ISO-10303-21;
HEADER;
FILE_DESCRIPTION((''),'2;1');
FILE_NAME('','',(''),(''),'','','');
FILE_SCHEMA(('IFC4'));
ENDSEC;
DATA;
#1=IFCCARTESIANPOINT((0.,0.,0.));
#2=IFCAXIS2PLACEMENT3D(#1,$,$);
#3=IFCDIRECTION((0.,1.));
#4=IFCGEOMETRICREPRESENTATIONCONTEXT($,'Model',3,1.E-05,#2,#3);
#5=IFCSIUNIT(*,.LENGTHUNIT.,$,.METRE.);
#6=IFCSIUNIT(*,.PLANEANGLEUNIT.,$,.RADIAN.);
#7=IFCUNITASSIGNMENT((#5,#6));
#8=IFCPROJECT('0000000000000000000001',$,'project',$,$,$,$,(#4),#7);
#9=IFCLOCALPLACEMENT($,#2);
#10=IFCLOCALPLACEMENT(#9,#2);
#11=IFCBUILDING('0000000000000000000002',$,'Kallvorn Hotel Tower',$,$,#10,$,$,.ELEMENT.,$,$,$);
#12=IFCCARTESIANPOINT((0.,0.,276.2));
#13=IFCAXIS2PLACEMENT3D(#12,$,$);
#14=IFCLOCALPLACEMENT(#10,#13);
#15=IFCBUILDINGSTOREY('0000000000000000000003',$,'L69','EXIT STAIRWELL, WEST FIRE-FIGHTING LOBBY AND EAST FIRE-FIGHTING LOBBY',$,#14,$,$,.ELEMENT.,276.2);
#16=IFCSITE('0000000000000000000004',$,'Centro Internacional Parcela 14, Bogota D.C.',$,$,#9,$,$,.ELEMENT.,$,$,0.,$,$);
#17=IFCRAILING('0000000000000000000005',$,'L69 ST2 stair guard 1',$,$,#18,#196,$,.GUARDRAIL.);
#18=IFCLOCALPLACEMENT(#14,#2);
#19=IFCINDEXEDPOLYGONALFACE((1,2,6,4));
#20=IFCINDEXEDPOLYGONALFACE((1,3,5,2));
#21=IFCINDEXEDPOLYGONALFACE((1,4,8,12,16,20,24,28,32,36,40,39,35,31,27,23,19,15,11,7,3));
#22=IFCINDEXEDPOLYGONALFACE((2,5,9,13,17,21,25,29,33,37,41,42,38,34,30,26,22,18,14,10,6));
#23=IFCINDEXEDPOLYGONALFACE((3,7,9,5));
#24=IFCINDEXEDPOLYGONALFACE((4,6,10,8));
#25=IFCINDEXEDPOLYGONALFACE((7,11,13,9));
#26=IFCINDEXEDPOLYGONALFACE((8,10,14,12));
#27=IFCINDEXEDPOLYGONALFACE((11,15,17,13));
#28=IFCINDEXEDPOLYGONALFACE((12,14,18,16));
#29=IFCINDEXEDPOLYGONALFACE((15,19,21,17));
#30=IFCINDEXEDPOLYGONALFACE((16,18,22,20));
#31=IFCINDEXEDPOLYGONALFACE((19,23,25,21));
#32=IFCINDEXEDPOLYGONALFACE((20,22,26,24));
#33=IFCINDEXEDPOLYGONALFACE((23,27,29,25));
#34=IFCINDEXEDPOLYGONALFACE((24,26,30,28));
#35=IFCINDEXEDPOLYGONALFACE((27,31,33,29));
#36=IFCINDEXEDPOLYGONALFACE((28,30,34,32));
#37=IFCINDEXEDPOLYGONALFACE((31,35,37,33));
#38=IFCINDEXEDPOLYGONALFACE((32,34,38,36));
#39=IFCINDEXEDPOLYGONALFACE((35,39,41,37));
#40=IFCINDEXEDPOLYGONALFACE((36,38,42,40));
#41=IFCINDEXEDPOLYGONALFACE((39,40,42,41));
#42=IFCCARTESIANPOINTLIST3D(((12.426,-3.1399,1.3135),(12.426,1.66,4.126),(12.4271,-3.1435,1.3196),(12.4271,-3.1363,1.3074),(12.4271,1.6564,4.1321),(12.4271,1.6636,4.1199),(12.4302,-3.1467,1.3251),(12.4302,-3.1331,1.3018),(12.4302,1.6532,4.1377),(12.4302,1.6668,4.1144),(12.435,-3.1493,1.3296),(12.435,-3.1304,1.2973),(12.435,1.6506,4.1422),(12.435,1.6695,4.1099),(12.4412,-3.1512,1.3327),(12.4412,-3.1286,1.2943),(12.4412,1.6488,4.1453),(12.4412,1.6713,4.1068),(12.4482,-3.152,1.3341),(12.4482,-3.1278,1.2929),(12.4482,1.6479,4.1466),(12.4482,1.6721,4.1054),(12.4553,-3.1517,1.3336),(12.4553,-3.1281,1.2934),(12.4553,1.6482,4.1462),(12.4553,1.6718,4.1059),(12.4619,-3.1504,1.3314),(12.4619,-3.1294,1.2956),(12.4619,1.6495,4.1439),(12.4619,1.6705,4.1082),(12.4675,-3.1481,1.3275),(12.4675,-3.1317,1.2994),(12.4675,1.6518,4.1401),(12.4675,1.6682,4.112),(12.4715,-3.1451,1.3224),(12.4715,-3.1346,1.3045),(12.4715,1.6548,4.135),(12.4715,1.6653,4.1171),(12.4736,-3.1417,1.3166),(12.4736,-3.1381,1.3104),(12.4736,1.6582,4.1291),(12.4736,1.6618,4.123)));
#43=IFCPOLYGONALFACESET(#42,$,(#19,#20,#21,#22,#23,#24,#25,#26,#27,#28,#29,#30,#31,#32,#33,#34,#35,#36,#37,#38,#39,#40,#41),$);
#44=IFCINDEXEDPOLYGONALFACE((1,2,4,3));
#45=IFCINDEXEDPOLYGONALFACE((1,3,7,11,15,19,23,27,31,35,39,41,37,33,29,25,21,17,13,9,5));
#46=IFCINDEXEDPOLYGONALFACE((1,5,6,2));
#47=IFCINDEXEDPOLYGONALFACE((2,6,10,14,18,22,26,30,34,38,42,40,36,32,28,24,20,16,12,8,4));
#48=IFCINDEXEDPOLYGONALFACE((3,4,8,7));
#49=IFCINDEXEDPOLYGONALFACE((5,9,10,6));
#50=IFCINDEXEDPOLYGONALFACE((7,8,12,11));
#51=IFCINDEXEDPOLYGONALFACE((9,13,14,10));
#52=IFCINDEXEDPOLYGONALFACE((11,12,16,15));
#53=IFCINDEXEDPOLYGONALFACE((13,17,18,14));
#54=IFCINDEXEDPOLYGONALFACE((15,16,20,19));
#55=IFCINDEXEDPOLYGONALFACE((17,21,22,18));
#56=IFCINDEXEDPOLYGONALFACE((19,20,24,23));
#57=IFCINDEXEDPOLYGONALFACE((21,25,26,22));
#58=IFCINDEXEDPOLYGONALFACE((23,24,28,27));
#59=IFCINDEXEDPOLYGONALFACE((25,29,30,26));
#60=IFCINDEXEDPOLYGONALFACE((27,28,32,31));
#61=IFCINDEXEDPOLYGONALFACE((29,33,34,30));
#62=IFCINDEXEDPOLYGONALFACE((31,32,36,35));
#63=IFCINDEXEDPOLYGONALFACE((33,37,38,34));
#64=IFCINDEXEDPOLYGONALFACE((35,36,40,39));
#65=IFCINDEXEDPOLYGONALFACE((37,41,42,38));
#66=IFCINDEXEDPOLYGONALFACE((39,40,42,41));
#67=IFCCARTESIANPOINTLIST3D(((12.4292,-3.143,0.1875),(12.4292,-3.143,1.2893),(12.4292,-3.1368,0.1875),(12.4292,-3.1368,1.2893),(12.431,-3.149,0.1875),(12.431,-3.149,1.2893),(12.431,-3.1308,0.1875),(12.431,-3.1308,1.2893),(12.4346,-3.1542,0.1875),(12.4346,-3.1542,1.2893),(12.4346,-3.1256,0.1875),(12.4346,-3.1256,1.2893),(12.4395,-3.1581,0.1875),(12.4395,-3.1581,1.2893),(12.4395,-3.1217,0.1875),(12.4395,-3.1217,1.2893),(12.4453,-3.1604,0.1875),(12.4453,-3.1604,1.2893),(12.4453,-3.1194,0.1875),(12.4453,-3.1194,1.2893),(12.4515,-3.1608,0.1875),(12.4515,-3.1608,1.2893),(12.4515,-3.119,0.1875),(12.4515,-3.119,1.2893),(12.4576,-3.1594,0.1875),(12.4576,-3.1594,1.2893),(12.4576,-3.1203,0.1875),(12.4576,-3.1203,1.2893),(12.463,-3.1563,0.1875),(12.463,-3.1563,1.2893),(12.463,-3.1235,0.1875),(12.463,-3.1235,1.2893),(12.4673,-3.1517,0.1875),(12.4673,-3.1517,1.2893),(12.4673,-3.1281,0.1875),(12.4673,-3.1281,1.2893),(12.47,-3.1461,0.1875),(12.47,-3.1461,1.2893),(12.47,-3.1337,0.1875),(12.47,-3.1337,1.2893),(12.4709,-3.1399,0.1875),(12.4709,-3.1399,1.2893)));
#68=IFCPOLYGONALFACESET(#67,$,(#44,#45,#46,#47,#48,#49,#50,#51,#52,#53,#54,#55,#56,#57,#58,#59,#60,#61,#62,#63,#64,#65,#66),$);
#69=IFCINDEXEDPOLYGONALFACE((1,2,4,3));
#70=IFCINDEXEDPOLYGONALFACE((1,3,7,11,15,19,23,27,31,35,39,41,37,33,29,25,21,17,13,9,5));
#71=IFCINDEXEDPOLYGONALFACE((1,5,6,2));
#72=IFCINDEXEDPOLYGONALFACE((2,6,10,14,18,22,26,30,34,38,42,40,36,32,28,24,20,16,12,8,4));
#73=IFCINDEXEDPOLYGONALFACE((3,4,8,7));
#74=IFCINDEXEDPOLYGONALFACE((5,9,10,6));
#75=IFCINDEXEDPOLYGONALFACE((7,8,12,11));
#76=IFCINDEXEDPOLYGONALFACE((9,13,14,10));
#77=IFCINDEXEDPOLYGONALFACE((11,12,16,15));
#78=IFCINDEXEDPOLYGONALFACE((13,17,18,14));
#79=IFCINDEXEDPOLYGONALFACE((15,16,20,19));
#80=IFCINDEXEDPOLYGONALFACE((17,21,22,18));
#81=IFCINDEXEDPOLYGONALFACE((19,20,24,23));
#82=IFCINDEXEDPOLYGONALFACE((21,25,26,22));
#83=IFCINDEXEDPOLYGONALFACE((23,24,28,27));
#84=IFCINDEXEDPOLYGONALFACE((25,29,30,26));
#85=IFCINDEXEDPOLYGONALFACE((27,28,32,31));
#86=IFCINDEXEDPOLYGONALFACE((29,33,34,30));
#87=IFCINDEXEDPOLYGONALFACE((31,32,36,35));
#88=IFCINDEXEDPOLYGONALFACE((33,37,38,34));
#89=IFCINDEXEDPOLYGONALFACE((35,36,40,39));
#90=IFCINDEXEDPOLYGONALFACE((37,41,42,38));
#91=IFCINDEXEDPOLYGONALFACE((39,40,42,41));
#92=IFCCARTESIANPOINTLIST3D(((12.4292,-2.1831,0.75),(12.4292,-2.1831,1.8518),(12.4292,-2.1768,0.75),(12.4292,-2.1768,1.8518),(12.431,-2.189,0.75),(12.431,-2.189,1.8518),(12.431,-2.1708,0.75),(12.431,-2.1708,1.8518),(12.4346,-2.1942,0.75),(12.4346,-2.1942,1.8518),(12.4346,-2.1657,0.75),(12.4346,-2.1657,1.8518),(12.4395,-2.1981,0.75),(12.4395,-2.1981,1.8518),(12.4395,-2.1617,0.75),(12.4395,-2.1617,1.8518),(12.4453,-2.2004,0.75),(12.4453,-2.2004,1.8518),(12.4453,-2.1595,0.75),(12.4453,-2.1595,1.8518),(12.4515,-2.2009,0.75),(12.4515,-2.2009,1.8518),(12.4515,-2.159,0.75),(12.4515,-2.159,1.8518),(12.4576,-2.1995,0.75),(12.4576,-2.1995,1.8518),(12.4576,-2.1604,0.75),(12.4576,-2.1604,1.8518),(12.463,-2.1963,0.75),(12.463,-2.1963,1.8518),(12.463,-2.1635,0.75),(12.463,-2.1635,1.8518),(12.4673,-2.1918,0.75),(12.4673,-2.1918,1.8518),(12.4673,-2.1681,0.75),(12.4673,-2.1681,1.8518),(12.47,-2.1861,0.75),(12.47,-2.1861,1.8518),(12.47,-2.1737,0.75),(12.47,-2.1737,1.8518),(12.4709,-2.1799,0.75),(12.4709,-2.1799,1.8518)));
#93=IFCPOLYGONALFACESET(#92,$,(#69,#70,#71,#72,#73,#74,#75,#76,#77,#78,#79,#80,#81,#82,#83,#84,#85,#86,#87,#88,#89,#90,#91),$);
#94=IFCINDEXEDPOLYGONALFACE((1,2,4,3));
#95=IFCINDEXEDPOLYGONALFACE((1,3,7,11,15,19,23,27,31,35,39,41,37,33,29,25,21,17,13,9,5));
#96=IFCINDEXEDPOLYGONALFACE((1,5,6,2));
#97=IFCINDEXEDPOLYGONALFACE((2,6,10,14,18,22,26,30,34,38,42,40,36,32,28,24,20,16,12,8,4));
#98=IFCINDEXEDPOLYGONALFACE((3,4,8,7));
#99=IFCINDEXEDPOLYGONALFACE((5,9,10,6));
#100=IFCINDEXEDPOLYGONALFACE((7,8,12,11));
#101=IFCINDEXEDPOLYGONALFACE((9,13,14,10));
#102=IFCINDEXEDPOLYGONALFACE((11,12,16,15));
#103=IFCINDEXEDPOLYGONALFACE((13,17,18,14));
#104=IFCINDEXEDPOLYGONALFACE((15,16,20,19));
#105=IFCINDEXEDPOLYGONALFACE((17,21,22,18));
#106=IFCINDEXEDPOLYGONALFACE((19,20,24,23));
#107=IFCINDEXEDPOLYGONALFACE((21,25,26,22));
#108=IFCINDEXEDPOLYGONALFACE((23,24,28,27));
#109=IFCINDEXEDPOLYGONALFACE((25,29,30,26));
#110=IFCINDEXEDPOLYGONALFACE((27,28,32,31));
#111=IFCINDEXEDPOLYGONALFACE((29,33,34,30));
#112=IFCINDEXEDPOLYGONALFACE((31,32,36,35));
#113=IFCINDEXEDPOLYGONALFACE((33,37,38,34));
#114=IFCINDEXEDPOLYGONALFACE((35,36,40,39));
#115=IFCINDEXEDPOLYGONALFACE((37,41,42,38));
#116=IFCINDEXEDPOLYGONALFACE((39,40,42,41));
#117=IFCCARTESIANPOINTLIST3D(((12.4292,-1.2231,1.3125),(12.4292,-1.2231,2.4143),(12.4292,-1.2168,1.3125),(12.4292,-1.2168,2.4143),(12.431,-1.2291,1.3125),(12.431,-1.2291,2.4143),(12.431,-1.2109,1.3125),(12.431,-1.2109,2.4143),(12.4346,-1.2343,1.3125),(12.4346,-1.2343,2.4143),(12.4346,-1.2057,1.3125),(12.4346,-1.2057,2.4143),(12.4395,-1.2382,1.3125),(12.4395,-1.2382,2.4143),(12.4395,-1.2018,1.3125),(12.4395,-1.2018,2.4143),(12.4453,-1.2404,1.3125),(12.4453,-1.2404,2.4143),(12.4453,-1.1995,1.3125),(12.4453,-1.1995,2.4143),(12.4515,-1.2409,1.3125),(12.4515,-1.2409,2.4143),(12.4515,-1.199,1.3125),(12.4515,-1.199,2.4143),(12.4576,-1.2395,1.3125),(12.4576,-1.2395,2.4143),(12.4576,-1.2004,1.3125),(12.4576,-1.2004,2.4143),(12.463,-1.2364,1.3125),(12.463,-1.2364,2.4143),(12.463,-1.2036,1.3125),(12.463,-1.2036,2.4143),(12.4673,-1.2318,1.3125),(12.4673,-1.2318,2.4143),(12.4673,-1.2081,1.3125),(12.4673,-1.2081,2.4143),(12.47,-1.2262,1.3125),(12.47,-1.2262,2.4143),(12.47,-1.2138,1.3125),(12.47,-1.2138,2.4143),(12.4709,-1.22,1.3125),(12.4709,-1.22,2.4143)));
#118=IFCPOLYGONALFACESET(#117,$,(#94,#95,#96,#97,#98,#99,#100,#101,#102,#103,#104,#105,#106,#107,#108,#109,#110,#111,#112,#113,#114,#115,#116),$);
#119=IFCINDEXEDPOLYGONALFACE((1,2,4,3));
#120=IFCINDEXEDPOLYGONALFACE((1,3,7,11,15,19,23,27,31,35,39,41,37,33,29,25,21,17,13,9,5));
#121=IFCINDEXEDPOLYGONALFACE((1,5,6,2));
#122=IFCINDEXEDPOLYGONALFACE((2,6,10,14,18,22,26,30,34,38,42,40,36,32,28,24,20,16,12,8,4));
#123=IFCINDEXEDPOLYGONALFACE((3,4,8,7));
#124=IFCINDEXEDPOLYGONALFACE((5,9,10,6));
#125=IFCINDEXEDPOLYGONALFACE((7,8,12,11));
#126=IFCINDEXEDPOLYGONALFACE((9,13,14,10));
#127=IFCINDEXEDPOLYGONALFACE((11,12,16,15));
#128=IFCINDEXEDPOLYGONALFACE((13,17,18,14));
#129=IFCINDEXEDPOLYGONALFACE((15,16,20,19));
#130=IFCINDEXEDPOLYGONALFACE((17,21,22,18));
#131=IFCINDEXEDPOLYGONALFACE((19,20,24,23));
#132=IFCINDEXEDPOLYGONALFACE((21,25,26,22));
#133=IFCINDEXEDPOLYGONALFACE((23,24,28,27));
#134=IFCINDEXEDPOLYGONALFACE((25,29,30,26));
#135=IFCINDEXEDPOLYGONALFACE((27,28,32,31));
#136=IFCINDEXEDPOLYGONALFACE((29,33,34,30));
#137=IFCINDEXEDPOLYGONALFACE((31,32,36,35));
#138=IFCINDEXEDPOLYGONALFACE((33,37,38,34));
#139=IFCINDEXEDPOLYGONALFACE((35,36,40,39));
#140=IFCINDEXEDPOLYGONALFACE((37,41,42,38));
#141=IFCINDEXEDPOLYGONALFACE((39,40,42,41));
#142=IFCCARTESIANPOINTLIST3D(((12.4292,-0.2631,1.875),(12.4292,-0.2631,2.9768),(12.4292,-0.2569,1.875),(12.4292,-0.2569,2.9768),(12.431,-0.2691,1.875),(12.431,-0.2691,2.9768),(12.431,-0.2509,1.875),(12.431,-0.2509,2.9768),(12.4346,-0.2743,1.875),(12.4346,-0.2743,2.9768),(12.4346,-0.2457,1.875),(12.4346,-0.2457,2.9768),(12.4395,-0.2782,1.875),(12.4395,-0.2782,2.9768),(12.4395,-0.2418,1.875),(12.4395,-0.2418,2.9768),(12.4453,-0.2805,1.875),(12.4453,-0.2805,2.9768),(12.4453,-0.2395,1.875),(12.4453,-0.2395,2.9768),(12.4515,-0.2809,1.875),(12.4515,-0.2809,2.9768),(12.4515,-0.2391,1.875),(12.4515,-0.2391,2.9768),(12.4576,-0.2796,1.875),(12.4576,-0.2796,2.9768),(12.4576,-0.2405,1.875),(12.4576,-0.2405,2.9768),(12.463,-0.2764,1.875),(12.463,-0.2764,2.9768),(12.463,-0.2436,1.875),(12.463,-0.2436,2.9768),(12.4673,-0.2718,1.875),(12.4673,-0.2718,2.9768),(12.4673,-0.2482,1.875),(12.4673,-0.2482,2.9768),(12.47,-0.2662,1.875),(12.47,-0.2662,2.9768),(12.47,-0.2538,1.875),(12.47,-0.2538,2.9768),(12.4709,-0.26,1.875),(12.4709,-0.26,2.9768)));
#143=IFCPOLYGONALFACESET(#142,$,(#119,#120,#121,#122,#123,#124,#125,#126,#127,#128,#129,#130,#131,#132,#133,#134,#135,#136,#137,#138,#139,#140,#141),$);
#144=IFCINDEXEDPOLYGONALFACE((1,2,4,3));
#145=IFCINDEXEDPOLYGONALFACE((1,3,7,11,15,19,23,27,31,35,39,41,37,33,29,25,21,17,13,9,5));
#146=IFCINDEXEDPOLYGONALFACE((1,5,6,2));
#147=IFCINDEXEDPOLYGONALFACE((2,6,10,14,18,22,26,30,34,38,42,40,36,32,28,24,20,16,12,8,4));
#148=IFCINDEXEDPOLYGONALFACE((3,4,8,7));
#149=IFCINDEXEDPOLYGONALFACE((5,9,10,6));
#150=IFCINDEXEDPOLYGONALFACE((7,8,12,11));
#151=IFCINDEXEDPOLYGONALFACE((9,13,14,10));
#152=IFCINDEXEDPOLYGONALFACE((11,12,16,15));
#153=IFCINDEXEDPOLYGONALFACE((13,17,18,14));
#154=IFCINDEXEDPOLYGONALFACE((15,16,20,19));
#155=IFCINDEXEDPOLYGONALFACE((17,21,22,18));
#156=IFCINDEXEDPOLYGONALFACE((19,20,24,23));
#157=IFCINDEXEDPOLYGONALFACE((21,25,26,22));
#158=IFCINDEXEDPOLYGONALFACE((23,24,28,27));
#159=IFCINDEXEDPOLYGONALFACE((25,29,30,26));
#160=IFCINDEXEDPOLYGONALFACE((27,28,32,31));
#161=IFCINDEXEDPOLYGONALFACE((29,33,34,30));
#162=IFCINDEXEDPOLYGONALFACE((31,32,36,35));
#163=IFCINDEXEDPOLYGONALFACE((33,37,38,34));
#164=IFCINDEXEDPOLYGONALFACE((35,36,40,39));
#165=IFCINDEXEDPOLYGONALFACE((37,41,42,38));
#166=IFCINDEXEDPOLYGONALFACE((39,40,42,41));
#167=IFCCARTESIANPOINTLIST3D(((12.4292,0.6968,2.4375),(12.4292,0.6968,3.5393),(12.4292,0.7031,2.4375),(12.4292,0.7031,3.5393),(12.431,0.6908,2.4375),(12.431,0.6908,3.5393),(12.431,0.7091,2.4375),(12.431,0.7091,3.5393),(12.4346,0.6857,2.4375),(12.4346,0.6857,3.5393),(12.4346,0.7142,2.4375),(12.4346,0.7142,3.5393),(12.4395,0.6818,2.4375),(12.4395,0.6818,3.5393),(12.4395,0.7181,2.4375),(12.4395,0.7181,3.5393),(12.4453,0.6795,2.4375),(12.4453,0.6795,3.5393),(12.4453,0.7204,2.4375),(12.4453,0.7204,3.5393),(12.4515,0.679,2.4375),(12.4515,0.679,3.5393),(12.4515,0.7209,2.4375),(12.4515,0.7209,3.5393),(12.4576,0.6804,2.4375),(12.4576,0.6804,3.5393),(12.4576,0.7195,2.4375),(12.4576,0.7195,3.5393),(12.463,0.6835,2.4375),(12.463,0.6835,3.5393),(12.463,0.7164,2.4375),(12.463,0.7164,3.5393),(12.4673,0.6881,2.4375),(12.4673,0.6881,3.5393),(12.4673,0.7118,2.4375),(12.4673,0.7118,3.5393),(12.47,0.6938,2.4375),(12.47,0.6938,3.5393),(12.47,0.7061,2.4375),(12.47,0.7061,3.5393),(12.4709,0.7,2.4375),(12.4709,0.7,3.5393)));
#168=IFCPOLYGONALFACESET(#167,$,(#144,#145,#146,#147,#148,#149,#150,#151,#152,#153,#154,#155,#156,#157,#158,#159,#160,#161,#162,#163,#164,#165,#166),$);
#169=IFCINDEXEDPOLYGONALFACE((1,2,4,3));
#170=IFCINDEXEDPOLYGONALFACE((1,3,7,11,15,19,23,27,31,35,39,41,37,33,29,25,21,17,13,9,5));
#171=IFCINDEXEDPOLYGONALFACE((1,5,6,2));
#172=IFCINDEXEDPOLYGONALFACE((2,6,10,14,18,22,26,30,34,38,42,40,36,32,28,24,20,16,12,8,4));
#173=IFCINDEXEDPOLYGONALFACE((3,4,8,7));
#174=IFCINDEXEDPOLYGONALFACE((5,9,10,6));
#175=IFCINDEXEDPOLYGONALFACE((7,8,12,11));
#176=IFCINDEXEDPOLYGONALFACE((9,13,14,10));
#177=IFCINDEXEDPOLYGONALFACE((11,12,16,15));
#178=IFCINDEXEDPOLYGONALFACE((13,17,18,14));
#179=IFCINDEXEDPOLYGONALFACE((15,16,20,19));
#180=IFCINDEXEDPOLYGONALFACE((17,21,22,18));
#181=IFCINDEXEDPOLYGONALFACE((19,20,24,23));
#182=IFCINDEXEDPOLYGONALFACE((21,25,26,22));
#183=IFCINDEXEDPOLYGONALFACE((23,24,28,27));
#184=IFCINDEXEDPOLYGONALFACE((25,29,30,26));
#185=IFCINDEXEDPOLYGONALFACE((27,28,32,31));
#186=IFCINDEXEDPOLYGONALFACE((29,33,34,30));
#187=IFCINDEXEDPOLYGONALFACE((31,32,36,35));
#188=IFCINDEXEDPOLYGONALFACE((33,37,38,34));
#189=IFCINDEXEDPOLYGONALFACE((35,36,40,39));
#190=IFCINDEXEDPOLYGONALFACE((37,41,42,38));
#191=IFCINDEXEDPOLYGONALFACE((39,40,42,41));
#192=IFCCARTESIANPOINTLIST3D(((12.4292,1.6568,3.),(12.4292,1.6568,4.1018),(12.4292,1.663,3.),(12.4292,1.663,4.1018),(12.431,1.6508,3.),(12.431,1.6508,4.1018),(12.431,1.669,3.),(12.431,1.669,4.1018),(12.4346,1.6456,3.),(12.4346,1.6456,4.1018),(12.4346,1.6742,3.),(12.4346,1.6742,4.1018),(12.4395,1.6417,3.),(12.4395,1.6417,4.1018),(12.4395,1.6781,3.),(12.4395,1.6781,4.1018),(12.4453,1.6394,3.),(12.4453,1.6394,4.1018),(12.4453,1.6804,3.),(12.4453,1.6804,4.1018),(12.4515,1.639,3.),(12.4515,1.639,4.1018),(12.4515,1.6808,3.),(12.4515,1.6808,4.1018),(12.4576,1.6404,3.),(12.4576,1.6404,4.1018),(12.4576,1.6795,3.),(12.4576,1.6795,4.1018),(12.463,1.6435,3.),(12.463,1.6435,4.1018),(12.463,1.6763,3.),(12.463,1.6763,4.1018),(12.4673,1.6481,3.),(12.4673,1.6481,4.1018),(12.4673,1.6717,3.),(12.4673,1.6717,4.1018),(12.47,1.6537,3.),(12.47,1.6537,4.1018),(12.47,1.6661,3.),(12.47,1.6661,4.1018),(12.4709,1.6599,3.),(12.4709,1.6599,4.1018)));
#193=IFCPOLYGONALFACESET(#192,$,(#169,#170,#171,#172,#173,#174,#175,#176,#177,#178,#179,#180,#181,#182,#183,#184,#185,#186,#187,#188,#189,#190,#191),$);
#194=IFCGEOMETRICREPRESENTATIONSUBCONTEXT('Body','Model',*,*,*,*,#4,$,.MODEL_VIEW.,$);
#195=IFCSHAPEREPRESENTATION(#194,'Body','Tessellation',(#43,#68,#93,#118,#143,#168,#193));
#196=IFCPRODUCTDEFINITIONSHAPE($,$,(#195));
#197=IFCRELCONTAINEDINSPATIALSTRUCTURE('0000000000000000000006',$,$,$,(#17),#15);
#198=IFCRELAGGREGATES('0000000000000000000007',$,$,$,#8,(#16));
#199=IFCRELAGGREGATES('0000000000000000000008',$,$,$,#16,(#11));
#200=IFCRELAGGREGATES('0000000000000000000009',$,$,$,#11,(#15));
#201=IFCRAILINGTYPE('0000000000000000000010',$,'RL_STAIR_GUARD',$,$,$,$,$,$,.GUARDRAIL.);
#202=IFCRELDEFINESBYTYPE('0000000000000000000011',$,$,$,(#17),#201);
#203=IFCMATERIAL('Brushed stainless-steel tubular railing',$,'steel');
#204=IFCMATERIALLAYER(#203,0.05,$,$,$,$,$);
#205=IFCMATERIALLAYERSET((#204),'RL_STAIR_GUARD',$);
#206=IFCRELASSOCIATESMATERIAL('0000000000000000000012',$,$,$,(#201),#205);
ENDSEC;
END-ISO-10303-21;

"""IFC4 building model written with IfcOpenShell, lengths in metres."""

from ifc_helpers import new_model, si_unit, direction, frame, origin, origin_2d, place, context, subcontext, project, spatial, circle, extrude, material, layer, layer_set, type_object, element, save


model = new_model("IFC4")

# Units and contexts
model_context = context("Model", 3, precision=1e-05, world=origin(), true_north=direction((0.0, 1.0)))
body_context = subcontext(model_context, "Body", "Model", "MODEL_VIEW")
ifc_project = project(units=[si_unit("LENGTHUNIT", "METRE"), si_unit("PLANEANGLEUNIT", "RADIAN")], contexts=[model_context])

# Site, building, storey
site_placement = place(None, origin())
site = spatial("IfcSite", under=ifc_project, at=site_placement, Name="Centro Internacional Parcela 14, Bogota D.C.", CompositionType="ELEMENT", RefElevation=0.0)
building_placement = place(site_placement, origin())
building = spatial("IfcBuilding", under=site, at=building_placement, Name="Kallvorn Hotel Tower", CompositionType="ELEMENT")
storey_placement = place(building_placement, frame((0.0, 0.0, 276.2)))
storey = spatial("IfcBuildingStorey", under=building, at=storey_placement, Name="L69", Description="EXIT STAIRWELL, WEST FIRE-FIGHTING LOBBY AND EAST FIRE-FIGHTING LOBBY", CompositionType="ELEMENT", Elevation=276.2)

# Railing
ifc_material_1 = material(Name="Brushed stainless-steel tubular railing", Category="steel")
ifc_layer_1 = layer(ifc_material_1, 0.05)
ifc_layer_set_1 = layer_set([ifc_layer_1], Name="RL_STAIR_GUARD")
railing_type = type_object("IfcRailingType", Name="RL_STAIR_GUARD", PredefinedType="GUARDRAIL", material=ifc_layer_set_1)
railing_1_placement = place(storey_placement, frame((12.45, -3.1399, 0.1875)))
element("IfcRailing", 1, at=railing_1_placement, inside=storey, type_object=railing_type, Name="L69 ST2 stair guard 1", PredefinedType="GUARDRAIL", context=body_context, shape_type="SweptSolid", body=[
    extrude(circle(Radius=0.0239, at=origin_2d()), frame((0.0, 0.0, 1.126), z_axis=(0.0, 0.86279, 0.505562), x_axis=(-1.0, 0.0, 0.0)), (0.0, 0.0, 1.0), 5.5632),
    extrude(circle(Radius=0.021, at=origin_2d()), origin(), (0.0, 0.0, 1.0), 1.1018),
    extrude(circle(Radius=0.021, at=origin_2d()), frame((0.0, 0.96, 0.5625)), (0.0, 0.0, 1.0), 1.1018),
    extrude(circle(Radius=0.021, at=origin_2d()), frame((0.0, 1.9199, 1.125)), (0.0, 0.0, 1.0), 1.1018),
    extrude(circle(Radius=0.021, at=origin_2d()), frame((0.0, 2.8799, 1.6875)), (0.0, 0.0, 1.0), 1.1018),
    extrude(circle(Radius=0.021, at=origin_2d()), frame((0.0, 3.8398, 2.25)), (0.0, 0.0, 1.0), 1.1018),
    extrude(circle(Radius=0.021, at=origin_2d()), frame((0.0, 4.7998, 2.8125)), (0.0, 0.0, 1.0), 1.1018),
])

save(model, "model.ifc")
